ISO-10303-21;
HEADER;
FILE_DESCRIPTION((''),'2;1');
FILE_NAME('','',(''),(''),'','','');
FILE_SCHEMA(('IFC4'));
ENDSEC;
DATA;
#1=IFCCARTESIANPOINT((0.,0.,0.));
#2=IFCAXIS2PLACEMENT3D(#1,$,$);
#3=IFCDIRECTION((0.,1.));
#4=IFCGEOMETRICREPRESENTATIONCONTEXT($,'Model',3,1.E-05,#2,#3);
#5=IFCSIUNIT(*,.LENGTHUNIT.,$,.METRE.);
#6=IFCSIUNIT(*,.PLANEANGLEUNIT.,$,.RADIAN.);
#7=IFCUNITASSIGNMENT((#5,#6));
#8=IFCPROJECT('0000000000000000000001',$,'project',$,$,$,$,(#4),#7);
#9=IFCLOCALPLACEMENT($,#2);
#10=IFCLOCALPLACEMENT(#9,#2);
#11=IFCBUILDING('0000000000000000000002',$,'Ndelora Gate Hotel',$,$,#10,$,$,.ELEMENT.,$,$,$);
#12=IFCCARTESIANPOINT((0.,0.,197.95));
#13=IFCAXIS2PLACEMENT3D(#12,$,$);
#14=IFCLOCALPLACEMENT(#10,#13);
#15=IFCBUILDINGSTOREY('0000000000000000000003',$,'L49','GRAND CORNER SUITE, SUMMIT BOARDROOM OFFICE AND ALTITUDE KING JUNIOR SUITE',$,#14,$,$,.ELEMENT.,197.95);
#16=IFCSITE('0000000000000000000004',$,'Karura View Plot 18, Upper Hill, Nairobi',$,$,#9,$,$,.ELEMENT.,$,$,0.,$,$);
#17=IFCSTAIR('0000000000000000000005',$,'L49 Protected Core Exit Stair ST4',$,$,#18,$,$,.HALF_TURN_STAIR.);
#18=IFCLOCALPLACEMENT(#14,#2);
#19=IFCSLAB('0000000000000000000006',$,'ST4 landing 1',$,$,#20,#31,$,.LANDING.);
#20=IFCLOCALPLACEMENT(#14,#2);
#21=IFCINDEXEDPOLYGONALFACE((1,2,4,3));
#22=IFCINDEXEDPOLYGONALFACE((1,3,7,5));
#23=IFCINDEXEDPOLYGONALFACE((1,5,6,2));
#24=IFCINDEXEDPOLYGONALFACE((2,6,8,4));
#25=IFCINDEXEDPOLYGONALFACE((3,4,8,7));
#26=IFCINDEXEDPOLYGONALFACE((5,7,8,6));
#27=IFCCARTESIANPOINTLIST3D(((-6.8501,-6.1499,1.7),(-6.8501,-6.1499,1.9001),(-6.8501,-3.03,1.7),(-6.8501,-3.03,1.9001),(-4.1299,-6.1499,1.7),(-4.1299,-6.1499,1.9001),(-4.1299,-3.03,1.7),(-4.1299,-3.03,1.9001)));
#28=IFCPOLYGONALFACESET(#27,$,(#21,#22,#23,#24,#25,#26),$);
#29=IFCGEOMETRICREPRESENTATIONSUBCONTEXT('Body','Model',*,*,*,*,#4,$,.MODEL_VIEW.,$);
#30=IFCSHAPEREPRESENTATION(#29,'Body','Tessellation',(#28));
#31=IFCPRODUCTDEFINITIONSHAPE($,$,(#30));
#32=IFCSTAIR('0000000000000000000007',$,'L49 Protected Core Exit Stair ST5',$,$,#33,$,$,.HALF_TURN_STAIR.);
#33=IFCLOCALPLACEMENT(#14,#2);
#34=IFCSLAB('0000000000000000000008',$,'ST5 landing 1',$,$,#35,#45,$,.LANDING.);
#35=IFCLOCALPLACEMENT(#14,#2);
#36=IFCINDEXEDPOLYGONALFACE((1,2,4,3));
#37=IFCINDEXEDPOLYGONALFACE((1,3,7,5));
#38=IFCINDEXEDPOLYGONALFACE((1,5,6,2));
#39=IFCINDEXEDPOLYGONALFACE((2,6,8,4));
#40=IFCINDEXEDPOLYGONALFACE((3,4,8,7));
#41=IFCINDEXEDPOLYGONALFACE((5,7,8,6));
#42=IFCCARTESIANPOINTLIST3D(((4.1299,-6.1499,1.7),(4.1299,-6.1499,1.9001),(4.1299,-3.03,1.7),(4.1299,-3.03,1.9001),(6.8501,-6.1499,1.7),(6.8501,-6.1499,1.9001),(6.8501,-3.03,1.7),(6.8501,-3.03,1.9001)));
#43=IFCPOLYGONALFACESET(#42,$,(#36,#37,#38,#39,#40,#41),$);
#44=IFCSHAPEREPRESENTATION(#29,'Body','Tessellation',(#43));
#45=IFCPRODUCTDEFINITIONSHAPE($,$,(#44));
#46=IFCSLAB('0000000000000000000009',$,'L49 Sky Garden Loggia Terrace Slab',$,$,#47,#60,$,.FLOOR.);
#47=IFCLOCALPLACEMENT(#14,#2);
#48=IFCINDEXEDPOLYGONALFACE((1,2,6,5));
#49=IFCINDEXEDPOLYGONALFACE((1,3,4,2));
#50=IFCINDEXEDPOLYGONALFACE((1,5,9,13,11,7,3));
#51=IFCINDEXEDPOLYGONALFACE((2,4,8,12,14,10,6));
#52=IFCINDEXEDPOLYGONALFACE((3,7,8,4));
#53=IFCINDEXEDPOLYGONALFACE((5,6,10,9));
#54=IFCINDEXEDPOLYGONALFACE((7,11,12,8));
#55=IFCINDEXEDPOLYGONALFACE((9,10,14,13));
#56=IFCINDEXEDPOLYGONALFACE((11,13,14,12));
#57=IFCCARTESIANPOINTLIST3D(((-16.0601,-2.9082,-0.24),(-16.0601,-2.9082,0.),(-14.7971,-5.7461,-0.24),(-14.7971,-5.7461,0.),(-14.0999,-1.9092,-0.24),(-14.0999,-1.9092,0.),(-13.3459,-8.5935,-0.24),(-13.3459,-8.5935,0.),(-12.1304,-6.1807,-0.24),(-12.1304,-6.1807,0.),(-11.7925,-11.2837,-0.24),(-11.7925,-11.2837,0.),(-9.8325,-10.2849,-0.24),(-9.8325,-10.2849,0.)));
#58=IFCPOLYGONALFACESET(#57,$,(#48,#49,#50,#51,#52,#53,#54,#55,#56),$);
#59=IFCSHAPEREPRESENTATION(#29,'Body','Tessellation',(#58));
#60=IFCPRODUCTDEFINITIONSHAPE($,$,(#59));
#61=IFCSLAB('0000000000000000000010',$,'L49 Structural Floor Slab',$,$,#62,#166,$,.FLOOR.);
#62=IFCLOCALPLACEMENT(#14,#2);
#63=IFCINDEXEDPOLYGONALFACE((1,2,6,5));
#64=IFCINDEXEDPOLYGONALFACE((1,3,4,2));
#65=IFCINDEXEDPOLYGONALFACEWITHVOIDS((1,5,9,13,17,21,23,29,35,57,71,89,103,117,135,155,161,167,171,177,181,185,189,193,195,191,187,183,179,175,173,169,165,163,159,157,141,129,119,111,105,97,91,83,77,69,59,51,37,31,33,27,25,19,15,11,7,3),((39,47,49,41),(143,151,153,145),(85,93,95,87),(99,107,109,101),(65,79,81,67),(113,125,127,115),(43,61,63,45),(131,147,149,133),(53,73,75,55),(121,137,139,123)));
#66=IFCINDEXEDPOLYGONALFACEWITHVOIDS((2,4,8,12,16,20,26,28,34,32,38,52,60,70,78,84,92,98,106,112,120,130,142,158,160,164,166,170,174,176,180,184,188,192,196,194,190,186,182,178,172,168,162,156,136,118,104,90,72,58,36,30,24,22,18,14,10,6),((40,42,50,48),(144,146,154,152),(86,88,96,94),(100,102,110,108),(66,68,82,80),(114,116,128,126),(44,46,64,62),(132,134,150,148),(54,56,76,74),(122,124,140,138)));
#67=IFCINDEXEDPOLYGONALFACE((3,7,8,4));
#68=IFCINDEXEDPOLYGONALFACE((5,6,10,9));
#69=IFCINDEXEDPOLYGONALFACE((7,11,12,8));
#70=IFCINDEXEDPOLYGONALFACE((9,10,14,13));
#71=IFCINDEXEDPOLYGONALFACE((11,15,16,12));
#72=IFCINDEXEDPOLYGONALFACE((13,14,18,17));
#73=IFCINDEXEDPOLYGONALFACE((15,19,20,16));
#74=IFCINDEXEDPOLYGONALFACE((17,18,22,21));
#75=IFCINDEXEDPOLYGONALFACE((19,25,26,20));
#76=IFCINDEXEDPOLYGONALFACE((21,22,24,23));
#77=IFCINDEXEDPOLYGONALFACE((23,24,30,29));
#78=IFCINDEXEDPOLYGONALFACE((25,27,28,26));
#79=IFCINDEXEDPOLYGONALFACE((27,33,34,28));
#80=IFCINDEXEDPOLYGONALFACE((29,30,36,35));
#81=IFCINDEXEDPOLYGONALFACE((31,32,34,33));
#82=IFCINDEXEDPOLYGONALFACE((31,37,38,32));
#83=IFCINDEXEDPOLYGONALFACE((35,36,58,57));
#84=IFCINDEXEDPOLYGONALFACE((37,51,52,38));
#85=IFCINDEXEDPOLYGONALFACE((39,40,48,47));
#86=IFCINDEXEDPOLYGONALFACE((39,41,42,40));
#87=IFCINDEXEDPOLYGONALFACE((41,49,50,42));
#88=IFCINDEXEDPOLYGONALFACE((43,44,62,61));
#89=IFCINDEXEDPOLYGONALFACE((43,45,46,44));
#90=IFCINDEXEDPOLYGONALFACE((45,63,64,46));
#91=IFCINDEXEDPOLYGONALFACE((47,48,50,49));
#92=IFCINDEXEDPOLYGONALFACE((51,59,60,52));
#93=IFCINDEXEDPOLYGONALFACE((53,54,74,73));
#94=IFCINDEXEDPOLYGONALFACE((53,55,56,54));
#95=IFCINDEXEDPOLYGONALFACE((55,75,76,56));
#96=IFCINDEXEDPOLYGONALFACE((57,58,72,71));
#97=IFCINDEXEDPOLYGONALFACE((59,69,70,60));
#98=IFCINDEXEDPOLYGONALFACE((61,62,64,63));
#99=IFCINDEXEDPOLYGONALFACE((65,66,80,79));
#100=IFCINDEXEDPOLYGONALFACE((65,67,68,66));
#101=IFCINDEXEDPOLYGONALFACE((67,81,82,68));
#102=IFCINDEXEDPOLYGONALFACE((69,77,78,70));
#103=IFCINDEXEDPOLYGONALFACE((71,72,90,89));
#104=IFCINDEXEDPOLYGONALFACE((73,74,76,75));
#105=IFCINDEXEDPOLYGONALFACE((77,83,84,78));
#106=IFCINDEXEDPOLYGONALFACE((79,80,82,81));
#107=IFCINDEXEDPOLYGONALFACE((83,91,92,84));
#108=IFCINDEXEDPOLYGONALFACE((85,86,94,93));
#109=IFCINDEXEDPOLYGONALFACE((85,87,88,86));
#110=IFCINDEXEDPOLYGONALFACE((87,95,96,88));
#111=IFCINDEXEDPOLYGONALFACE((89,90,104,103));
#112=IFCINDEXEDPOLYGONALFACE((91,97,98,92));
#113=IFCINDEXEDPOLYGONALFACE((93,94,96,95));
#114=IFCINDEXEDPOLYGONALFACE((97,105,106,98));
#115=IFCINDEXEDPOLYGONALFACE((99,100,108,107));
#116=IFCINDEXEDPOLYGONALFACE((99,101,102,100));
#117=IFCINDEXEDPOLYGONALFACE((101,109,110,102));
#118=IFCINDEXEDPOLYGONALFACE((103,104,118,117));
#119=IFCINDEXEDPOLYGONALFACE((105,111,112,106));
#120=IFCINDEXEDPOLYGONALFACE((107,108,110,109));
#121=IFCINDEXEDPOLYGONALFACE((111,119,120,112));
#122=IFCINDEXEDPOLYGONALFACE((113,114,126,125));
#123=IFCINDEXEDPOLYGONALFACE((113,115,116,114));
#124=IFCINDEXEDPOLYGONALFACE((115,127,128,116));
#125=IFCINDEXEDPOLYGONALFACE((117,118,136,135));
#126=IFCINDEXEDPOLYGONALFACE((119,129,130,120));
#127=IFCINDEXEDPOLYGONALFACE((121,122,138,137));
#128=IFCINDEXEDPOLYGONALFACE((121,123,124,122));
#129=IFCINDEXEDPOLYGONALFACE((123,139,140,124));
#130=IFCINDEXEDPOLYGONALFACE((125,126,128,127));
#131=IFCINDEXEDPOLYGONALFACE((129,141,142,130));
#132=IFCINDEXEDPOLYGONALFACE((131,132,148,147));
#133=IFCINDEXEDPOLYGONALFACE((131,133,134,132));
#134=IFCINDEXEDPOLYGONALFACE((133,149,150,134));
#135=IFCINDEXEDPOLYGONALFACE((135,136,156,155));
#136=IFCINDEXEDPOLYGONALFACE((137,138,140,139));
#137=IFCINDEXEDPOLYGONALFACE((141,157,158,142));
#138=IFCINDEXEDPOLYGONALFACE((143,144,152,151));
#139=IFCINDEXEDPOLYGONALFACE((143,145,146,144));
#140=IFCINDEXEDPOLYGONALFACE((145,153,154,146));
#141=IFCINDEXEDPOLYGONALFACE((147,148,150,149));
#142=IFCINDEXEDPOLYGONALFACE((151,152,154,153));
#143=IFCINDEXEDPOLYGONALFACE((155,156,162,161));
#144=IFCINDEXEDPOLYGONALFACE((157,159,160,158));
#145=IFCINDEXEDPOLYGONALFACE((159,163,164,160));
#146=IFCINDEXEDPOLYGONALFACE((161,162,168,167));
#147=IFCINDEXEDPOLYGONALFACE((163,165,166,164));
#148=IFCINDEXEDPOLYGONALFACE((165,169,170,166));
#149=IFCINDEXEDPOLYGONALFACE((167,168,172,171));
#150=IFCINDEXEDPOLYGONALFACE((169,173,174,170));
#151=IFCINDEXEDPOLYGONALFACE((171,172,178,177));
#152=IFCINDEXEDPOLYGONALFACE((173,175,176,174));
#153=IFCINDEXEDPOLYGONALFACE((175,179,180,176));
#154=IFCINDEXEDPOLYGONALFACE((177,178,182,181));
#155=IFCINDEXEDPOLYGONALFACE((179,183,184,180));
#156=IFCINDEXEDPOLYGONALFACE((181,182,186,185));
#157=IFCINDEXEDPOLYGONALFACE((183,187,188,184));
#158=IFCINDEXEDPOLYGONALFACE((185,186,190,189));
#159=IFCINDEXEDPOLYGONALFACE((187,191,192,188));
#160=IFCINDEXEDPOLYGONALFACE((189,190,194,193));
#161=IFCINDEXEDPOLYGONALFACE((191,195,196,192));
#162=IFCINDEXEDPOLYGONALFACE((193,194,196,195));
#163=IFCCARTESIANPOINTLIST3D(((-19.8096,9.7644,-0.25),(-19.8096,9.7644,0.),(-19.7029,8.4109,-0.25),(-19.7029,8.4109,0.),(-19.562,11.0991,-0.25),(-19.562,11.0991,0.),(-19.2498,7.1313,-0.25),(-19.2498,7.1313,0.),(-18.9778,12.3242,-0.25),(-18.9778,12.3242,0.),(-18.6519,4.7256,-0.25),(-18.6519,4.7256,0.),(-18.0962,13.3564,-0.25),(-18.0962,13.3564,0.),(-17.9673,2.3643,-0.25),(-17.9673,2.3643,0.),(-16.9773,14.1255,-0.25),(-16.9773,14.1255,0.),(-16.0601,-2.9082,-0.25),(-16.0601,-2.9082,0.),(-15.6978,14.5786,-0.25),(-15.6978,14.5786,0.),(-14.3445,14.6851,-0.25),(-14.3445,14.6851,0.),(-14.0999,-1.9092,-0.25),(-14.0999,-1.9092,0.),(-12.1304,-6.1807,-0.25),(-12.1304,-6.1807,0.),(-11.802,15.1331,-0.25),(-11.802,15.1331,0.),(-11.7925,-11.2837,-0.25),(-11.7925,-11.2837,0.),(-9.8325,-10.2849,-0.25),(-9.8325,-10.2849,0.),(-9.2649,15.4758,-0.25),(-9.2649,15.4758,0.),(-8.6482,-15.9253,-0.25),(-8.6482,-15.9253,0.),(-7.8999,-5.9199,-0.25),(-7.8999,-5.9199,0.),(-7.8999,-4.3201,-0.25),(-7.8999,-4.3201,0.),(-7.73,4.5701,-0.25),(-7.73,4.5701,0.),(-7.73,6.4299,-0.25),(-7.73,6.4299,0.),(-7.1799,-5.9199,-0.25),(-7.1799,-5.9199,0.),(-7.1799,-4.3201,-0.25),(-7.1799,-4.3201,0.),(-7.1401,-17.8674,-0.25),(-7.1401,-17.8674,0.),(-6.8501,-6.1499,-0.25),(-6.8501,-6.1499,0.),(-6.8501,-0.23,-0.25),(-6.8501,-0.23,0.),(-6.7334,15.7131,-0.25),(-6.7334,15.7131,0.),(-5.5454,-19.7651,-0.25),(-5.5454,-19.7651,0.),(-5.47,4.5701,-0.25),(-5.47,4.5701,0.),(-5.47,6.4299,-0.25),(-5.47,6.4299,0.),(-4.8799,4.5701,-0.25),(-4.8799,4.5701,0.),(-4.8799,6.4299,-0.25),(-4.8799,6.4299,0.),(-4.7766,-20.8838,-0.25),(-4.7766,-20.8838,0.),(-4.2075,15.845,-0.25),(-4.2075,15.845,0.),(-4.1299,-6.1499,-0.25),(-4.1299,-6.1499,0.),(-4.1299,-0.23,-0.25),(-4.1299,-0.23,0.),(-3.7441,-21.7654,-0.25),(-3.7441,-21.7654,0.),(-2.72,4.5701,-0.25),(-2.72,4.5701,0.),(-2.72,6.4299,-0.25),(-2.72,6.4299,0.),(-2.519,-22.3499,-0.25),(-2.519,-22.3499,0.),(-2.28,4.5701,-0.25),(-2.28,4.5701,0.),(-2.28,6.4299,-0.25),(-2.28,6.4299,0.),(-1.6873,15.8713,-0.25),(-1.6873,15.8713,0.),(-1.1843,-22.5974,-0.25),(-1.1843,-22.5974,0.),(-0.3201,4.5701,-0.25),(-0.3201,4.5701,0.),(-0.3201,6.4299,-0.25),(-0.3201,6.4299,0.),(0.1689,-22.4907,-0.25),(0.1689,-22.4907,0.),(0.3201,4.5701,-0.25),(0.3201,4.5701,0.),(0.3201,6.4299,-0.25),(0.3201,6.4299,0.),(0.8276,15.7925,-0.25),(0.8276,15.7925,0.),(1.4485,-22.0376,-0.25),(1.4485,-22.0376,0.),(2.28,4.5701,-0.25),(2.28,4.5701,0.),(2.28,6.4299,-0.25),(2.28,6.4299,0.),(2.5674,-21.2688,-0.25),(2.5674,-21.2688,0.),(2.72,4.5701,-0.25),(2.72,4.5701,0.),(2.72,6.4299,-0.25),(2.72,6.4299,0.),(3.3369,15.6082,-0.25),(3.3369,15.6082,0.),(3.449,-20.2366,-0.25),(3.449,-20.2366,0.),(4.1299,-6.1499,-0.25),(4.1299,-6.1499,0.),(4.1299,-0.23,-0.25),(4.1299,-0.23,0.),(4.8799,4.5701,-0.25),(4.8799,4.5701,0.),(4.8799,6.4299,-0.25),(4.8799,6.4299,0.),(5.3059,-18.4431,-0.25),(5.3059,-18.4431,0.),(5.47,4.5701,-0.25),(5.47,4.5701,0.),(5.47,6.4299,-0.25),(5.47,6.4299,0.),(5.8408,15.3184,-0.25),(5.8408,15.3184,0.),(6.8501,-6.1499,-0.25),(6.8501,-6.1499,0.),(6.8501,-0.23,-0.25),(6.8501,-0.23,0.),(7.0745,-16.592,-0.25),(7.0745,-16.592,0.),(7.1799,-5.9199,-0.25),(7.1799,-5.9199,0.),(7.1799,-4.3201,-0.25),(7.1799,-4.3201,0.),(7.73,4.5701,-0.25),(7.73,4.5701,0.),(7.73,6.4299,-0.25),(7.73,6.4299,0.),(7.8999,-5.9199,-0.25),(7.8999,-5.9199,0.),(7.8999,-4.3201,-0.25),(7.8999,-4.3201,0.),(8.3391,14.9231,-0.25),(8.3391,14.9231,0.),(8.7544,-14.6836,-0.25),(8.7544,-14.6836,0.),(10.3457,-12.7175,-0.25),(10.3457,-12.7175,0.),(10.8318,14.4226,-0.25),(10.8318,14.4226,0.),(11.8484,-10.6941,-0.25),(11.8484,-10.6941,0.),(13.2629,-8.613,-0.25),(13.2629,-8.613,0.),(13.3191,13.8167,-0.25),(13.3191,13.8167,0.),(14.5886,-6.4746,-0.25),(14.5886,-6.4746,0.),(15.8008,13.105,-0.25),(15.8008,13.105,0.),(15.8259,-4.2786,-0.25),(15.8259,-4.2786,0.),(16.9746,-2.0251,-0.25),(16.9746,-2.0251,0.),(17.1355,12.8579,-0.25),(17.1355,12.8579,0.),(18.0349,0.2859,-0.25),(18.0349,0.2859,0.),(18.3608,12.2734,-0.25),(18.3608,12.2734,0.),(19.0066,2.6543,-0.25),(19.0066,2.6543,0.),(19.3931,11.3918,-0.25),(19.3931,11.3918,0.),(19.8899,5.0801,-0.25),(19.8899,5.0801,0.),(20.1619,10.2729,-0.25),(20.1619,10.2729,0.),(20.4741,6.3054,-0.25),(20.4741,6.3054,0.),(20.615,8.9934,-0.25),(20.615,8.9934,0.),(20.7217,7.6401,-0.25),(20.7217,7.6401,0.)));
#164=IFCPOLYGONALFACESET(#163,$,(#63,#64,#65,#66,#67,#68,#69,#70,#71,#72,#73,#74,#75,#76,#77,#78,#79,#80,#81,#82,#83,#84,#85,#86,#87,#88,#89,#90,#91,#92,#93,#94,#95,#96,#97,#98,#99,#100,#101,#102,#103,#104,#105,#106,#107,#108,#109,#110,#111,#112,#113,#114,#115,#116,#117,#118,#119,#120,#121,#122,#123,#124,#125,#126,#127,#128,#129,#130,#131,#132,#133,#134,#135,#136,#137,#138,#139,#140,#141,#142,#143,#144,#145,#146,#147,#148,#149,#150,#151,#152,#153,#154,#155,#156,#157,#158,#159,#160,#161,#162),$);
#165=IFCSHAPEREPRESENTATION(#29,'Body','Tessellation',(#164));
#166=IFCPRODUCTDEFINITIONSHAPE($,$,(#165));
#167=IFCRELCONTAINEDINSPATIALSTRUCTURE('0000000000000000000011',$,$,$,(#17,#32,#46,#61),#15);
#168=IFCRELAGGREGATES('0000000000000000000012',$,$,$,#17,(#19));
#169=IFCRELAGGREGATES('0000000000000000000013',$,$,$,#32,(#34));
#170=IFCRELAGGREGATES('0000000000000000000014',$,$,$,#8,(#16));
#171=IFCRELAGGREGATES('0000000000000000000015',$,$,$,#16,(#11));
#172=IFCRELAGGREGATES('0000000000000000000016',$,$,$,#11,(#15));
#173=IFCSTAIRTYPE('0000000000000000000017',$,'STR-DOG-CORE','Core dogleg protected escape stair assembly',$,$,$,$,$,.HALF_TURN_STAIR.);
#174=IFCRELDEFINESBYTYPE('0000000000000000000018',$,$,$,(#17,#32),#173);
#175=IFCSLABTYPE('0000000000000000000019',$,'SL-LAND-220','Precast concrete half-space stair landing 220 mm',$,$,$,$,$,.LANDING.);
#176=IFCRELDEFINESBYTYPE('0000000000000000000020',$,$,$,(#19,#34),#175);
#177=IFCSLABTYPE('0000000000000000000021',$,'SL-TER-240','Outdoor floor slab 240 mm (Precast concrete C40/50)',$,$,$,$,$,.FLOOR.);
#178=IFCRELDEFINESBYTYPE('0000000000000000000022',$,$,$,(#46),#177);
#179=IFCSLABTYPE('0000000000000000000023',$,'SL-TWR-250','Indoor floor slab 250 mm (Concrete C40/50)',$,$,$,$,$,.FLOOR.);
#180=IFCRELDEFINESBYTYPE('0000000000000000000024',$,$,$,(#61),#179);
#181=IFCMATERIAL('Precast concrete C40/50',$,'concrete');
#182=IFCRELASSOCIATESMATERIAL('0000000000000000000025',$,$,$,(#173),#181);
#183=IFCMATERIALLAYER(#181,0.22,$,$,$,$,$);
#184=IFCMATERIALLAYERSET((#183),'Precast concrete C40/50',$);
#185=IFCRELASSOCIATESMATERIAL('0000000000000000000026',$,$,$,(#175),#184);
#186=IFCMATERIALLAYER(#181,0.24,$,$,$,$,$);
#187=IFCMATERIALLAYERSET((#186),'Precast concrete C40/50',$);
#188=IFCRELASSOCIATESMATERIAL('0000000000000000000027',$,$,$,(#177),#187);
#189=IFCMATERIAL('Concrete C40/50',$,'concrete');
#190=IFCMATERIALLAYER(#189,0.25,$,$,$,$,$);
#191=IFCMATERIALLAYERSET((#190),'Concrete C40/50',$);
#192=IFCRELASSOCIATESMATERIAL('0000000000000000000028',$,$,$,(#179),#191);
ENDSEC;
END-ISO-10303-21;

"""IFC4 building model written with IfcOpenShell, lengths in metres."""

from ifc_helpers import new_model, si_unit, direction, frame, origin, place, context, subcontext, project, spatial, polyline, outline, extrude, material, layer, layer_set, type_object, element, aggregate, save


model = new_model("IFC4")

# Units and contexts
model_context = context("Model", 3, precision=1e-05, world=origin(), true_north=direction((0.0, 1.0)))
body_context = subcontext(model_context, "Body", "Model", "MODEL_VIEW")
ifc_project = project(units=[si_unit("LENGTHUNIT", "METRE"), si_unit("PLANEANGLEUNIT", "RADIAN")], contexts=[model_context])

# Site, building, storey
site_placement = place(None, origin())
site = spatial("IfcSite", under=ifc_project, at=site_placement, Name="Karura View Plot 18, Upper Hill, Nairobi", CompositionType="ELEMENT", RefElevation=0.0)
building_placement = place(site_placement, origin())
building = spatial("IfcBuilding", under=site, at=building_placement, Name="Ndelora Gate Hotel", CompositionType="ELEMENT")
storey_placement = place(building_placement, frame((0.0, 0.0, 197.95)))
storey = spatial("IfcBuildingStorey", under=building, at=storey_placement, Name="L49", Description="GRAND CORNER SUITE, SUMMIT BOARDROOM OFFICE AND ALTITUDE KING JUNIOR SUITE", CompositionType="ELEMENT", Elevation=197.95)

# Stairs, slabs
ifc_material_1 = material(Name="Precast concrete C40/50", Category="concrete")
stair_type = type_object("IfcStairType", Name="STR-DOG-CORE", Description="Core dogleg protected escape stair assembly", PredefinedType="HALF_TURN_STAIR", material=ifc_material_1)
stair_1_placement = place(storey_placement, origin())
stair_1 = element("IfcStair", 1, at=stair_1_placement, inside=storey, type_object=stair_type, Name="L49 Protected Core Exit Stair ST4", PredefinedType="HALF_TURN_STAIR")
ifc_layer_1 = layer(ifc_material_1, 0.22)
ifc_layer_set_1 = layer_set([ifc_layer_1], Name="Precast concrete C40/50")
slab_type_1 = type_object("IfcSlabType", Name="SL-LAND-220", Description="Precast concrete half-space stair landing 220 mm", PredefinedType="LANDING", material=ifc_layer_set_1)
slab_1_placement = place(storey_placement, frame((0.0, 0.0, 1.7)))
slab_1 = element("IfcSlab", 2, at=slab_1_placement, type_object=slab_type_1, Name="ST4 landing 1", PredefinedType="LANDING", context=body_context, shape_type="SweptSolid", body=[
    extrude(outline(polyline([(-6.8501, -3.03), (-6.8501, -6.1499), (-4.1299, -6.1499), (-4.1299, -3.03), (-6.8501, -3.03)])), origin(), (0.0, 0.0, 1.0), 0.2002),
])
aggregate(stair_1, [slab_1])
stair_2_placement = place(storey_placement, origin())
stair_2 = element("IfcStair", 3, at=stair_2_placement, inside=storey, type_object=stair_type, Name="L49 Protected Core Exit Stair ST5", PredefinedType="HALF_TURN_STAIR")
slab_2_placement = place(storey_placement, frame((0.0, 0.0, 1.7)))
slab_2 = element("IfcSlab", 4, at=slab_2_placement, type_object=slab_type_1, Name="ST5 landing 1", PredefinedType="LANDING", context=body_context, shape_type="SweptSolid", body=[
    extrude(outline(polyline([(4.1299, -3.03), (4.1299, -6.1499), (6.8501, -6.1499), (6.8501, -3.03), (4.1299, -3.03)])), origin(), (0.0, 0.0, 1.0), 0.2002),
])
aggregate(stair_2, [slab_2])

# Slabs
ifc_layer_2 = layer(ifc_material_1, 0.24)
ifc_layer_set_2 = layer_set([ifc_layer_2], Name="Precast concrete C40/50")
slab_type_2 = type_object("IfcSlabType", Name="SL-TER-240", Description="Outdoor floor slab 240 mm (Precast concrete C40/50)", PredefinedType="FLOOR", material=ifc_layer_set_2)
slab_3_placement = place(storey_placement, frame((0.0, 0.0, -0.24)))
element("IfcSlab", 5, at=slab_3_placement, inside=storey, type_object=slab_type_2, Name="L49 Sky Garden Loggia Terrace Slab", PredefinedType="FLOOR", context=body_context, shape_type="SweptSolid", body=[
    extrude(outline(polyline([(-14.0999, -1.9092), (-16.0601, -2.9082), (-14.7971, -5.7461), (-13.3459, -8.5935), (-11.7925, -11.2837), (-9.8325, -10.2849), (-12.1304, -6.1807), (-14.0999, -1.9092)])), origin(), (0.0, 0.0, 1.0), 0.24),
])
ifc_material_2 = material(Name="Concrete C40/50", Category="concrete")
ifc_layer_3 = layer(ifc_material_2, 0.25)
ifc_layer_set_3 = layer_set([ifc_layer_3], Name="Concrete C40/50")
slab_type_3 = type_object("IfcSlabType", Name="SL-TWR-250", Description="Indoor floor slab 250 mm (Concrete C40/50)", PredefinedType="FLOOR", material=ifc_layer_set_3)
slab_4_placement = place(storey_placement, frame((0.0, 0.0, -0.25)))
element("IfcSlab", 6, at=slab_4_placement, inside=storey, type_object=slab_type_3, Name="L49 Structural Floor Slab", PredefinedType="FLOOR", context=body_context, shape_type="SweptSolid", body=[
    extrude(outline(polyline([(-14.3445, 14.6851), (-15.6978, 14.5786), (-16.9773, 14.1255), (-18.0962, 13.3564), (-18.9778, 12.3242), (-19.562, 11.0991), (-19.8096, 9.7644), (-19.7029, 8.4109), (-19.2498, 7.1313), (-18.6519, 4.7256), (-17.9673, 2.3643), (-16.0601, -2.9082), (-14.0999, -1.9092), (-12.1304, -6.1807), (-9.8325, -10.2849), (-11.7925, -11.2837), (-8.6482, -15.9253), (-7.1401, -17.8674), (-5.5454, -19.7651), (-4.7766, -20.8838), (-3.7441, -21.7654), (-2.519, -22.3499), (-1.1843, -22.5974), (0.1689, -22.4907), (1.4485, -22.0376), (2.5674, -21.2688), (3.449, -20.2366), (5.3059, -18.4431), (7.0745, -16.592), (8.7544, -14.6836), (10.3457, -12.7175), (11.8484, -10.6941), (13.2629, -8.613), (14.5886, -6.4746), (15.8259, -4.2786), (16.9746, -2.0251), (18.0349, 0.2859), (19.0066, 2.6543), (19.8899, 5.0801), (20.4741, 6.3054), (20.7217, 7.6401), (20.615, 8.9934), (20.1619, 10.2729), (19.3931, 11.3918), (18.3608, 12.2734), (17.1355, 12.8579), (15.8008, 13.105), (13.3191, 13.8167), (10.8318, 14.4226), (8.3391, 14.9231), (5.8408, 15.3184), (3.3369, 15.6082), (0.8276, 15.7925), (-1.6873, 15.8713), (-4.2075, 15.845), (-6.7334, 15.7131), (-9.2649, 15.4758), (-11.802, 15.1331), (-14.3445, 14.6851)]), holes=[polyline([(-6.8501, -0.23), (-6.8501, -6.1499), (-4.1299, -6.1499), (-4.1299, -0.23), (-6.8501, -0.23)]), polyline([(4.1299, -0.23), (4.1299, -6.1499), (6.8501, -6.1499), (6.8501, -0.23), (4.1299, -0.23)]), polyline([(-7.73, 4.5701), (-5.47, 4.5701), (-5.47, 6.4299), (-7.73, 6.4299), (-7.73, 4.5701)]), polyline([(5.47, 4.5701), (7.73, 4.5701), (7.73, 6.4299), (5.47, 6.4299), (5.47, 4.5701)]), polyline([(-4.8799, 4.5701), (-2.72, 4.5701), (-2.72, 6.4299), (-4.8799, 6.4299), (-4.8799, 4.5701)]), polyline([(2.72, 4.5701), (4.8799, 4.5701), (4.8799, 6.4299), (2.72, 6.4299), (2.72, 4.5701)]), polyline([(-2.28, 4.5701), (-0.3201, 4.5701), (-0.3201, 6.4299), (-2.28, 6.4299), (-2.28, 4.5701)]), polyline([(0.3201, 4.5701), (2.28, 4.5701), (2.28, 6.4299), (0.3201, 6.4299), (0.3201, 4.5701)]), polyline([(-7.8999, -5.9199), (-7.1799, -5.9199), (-7.1799, -4.3201), (-7.8999, -4.3201), (-7.8999, -5.9199)]), polyline([(7.1799, -5.9199), (7.8999, -5.9199), (7.8999, -4.3201), (7.1799, -4.3201), (7.1799, -5.9199)])]), origin(), (0.0, 0.0, 1.0), 0.25),
])

save(model, "model.ifc")
